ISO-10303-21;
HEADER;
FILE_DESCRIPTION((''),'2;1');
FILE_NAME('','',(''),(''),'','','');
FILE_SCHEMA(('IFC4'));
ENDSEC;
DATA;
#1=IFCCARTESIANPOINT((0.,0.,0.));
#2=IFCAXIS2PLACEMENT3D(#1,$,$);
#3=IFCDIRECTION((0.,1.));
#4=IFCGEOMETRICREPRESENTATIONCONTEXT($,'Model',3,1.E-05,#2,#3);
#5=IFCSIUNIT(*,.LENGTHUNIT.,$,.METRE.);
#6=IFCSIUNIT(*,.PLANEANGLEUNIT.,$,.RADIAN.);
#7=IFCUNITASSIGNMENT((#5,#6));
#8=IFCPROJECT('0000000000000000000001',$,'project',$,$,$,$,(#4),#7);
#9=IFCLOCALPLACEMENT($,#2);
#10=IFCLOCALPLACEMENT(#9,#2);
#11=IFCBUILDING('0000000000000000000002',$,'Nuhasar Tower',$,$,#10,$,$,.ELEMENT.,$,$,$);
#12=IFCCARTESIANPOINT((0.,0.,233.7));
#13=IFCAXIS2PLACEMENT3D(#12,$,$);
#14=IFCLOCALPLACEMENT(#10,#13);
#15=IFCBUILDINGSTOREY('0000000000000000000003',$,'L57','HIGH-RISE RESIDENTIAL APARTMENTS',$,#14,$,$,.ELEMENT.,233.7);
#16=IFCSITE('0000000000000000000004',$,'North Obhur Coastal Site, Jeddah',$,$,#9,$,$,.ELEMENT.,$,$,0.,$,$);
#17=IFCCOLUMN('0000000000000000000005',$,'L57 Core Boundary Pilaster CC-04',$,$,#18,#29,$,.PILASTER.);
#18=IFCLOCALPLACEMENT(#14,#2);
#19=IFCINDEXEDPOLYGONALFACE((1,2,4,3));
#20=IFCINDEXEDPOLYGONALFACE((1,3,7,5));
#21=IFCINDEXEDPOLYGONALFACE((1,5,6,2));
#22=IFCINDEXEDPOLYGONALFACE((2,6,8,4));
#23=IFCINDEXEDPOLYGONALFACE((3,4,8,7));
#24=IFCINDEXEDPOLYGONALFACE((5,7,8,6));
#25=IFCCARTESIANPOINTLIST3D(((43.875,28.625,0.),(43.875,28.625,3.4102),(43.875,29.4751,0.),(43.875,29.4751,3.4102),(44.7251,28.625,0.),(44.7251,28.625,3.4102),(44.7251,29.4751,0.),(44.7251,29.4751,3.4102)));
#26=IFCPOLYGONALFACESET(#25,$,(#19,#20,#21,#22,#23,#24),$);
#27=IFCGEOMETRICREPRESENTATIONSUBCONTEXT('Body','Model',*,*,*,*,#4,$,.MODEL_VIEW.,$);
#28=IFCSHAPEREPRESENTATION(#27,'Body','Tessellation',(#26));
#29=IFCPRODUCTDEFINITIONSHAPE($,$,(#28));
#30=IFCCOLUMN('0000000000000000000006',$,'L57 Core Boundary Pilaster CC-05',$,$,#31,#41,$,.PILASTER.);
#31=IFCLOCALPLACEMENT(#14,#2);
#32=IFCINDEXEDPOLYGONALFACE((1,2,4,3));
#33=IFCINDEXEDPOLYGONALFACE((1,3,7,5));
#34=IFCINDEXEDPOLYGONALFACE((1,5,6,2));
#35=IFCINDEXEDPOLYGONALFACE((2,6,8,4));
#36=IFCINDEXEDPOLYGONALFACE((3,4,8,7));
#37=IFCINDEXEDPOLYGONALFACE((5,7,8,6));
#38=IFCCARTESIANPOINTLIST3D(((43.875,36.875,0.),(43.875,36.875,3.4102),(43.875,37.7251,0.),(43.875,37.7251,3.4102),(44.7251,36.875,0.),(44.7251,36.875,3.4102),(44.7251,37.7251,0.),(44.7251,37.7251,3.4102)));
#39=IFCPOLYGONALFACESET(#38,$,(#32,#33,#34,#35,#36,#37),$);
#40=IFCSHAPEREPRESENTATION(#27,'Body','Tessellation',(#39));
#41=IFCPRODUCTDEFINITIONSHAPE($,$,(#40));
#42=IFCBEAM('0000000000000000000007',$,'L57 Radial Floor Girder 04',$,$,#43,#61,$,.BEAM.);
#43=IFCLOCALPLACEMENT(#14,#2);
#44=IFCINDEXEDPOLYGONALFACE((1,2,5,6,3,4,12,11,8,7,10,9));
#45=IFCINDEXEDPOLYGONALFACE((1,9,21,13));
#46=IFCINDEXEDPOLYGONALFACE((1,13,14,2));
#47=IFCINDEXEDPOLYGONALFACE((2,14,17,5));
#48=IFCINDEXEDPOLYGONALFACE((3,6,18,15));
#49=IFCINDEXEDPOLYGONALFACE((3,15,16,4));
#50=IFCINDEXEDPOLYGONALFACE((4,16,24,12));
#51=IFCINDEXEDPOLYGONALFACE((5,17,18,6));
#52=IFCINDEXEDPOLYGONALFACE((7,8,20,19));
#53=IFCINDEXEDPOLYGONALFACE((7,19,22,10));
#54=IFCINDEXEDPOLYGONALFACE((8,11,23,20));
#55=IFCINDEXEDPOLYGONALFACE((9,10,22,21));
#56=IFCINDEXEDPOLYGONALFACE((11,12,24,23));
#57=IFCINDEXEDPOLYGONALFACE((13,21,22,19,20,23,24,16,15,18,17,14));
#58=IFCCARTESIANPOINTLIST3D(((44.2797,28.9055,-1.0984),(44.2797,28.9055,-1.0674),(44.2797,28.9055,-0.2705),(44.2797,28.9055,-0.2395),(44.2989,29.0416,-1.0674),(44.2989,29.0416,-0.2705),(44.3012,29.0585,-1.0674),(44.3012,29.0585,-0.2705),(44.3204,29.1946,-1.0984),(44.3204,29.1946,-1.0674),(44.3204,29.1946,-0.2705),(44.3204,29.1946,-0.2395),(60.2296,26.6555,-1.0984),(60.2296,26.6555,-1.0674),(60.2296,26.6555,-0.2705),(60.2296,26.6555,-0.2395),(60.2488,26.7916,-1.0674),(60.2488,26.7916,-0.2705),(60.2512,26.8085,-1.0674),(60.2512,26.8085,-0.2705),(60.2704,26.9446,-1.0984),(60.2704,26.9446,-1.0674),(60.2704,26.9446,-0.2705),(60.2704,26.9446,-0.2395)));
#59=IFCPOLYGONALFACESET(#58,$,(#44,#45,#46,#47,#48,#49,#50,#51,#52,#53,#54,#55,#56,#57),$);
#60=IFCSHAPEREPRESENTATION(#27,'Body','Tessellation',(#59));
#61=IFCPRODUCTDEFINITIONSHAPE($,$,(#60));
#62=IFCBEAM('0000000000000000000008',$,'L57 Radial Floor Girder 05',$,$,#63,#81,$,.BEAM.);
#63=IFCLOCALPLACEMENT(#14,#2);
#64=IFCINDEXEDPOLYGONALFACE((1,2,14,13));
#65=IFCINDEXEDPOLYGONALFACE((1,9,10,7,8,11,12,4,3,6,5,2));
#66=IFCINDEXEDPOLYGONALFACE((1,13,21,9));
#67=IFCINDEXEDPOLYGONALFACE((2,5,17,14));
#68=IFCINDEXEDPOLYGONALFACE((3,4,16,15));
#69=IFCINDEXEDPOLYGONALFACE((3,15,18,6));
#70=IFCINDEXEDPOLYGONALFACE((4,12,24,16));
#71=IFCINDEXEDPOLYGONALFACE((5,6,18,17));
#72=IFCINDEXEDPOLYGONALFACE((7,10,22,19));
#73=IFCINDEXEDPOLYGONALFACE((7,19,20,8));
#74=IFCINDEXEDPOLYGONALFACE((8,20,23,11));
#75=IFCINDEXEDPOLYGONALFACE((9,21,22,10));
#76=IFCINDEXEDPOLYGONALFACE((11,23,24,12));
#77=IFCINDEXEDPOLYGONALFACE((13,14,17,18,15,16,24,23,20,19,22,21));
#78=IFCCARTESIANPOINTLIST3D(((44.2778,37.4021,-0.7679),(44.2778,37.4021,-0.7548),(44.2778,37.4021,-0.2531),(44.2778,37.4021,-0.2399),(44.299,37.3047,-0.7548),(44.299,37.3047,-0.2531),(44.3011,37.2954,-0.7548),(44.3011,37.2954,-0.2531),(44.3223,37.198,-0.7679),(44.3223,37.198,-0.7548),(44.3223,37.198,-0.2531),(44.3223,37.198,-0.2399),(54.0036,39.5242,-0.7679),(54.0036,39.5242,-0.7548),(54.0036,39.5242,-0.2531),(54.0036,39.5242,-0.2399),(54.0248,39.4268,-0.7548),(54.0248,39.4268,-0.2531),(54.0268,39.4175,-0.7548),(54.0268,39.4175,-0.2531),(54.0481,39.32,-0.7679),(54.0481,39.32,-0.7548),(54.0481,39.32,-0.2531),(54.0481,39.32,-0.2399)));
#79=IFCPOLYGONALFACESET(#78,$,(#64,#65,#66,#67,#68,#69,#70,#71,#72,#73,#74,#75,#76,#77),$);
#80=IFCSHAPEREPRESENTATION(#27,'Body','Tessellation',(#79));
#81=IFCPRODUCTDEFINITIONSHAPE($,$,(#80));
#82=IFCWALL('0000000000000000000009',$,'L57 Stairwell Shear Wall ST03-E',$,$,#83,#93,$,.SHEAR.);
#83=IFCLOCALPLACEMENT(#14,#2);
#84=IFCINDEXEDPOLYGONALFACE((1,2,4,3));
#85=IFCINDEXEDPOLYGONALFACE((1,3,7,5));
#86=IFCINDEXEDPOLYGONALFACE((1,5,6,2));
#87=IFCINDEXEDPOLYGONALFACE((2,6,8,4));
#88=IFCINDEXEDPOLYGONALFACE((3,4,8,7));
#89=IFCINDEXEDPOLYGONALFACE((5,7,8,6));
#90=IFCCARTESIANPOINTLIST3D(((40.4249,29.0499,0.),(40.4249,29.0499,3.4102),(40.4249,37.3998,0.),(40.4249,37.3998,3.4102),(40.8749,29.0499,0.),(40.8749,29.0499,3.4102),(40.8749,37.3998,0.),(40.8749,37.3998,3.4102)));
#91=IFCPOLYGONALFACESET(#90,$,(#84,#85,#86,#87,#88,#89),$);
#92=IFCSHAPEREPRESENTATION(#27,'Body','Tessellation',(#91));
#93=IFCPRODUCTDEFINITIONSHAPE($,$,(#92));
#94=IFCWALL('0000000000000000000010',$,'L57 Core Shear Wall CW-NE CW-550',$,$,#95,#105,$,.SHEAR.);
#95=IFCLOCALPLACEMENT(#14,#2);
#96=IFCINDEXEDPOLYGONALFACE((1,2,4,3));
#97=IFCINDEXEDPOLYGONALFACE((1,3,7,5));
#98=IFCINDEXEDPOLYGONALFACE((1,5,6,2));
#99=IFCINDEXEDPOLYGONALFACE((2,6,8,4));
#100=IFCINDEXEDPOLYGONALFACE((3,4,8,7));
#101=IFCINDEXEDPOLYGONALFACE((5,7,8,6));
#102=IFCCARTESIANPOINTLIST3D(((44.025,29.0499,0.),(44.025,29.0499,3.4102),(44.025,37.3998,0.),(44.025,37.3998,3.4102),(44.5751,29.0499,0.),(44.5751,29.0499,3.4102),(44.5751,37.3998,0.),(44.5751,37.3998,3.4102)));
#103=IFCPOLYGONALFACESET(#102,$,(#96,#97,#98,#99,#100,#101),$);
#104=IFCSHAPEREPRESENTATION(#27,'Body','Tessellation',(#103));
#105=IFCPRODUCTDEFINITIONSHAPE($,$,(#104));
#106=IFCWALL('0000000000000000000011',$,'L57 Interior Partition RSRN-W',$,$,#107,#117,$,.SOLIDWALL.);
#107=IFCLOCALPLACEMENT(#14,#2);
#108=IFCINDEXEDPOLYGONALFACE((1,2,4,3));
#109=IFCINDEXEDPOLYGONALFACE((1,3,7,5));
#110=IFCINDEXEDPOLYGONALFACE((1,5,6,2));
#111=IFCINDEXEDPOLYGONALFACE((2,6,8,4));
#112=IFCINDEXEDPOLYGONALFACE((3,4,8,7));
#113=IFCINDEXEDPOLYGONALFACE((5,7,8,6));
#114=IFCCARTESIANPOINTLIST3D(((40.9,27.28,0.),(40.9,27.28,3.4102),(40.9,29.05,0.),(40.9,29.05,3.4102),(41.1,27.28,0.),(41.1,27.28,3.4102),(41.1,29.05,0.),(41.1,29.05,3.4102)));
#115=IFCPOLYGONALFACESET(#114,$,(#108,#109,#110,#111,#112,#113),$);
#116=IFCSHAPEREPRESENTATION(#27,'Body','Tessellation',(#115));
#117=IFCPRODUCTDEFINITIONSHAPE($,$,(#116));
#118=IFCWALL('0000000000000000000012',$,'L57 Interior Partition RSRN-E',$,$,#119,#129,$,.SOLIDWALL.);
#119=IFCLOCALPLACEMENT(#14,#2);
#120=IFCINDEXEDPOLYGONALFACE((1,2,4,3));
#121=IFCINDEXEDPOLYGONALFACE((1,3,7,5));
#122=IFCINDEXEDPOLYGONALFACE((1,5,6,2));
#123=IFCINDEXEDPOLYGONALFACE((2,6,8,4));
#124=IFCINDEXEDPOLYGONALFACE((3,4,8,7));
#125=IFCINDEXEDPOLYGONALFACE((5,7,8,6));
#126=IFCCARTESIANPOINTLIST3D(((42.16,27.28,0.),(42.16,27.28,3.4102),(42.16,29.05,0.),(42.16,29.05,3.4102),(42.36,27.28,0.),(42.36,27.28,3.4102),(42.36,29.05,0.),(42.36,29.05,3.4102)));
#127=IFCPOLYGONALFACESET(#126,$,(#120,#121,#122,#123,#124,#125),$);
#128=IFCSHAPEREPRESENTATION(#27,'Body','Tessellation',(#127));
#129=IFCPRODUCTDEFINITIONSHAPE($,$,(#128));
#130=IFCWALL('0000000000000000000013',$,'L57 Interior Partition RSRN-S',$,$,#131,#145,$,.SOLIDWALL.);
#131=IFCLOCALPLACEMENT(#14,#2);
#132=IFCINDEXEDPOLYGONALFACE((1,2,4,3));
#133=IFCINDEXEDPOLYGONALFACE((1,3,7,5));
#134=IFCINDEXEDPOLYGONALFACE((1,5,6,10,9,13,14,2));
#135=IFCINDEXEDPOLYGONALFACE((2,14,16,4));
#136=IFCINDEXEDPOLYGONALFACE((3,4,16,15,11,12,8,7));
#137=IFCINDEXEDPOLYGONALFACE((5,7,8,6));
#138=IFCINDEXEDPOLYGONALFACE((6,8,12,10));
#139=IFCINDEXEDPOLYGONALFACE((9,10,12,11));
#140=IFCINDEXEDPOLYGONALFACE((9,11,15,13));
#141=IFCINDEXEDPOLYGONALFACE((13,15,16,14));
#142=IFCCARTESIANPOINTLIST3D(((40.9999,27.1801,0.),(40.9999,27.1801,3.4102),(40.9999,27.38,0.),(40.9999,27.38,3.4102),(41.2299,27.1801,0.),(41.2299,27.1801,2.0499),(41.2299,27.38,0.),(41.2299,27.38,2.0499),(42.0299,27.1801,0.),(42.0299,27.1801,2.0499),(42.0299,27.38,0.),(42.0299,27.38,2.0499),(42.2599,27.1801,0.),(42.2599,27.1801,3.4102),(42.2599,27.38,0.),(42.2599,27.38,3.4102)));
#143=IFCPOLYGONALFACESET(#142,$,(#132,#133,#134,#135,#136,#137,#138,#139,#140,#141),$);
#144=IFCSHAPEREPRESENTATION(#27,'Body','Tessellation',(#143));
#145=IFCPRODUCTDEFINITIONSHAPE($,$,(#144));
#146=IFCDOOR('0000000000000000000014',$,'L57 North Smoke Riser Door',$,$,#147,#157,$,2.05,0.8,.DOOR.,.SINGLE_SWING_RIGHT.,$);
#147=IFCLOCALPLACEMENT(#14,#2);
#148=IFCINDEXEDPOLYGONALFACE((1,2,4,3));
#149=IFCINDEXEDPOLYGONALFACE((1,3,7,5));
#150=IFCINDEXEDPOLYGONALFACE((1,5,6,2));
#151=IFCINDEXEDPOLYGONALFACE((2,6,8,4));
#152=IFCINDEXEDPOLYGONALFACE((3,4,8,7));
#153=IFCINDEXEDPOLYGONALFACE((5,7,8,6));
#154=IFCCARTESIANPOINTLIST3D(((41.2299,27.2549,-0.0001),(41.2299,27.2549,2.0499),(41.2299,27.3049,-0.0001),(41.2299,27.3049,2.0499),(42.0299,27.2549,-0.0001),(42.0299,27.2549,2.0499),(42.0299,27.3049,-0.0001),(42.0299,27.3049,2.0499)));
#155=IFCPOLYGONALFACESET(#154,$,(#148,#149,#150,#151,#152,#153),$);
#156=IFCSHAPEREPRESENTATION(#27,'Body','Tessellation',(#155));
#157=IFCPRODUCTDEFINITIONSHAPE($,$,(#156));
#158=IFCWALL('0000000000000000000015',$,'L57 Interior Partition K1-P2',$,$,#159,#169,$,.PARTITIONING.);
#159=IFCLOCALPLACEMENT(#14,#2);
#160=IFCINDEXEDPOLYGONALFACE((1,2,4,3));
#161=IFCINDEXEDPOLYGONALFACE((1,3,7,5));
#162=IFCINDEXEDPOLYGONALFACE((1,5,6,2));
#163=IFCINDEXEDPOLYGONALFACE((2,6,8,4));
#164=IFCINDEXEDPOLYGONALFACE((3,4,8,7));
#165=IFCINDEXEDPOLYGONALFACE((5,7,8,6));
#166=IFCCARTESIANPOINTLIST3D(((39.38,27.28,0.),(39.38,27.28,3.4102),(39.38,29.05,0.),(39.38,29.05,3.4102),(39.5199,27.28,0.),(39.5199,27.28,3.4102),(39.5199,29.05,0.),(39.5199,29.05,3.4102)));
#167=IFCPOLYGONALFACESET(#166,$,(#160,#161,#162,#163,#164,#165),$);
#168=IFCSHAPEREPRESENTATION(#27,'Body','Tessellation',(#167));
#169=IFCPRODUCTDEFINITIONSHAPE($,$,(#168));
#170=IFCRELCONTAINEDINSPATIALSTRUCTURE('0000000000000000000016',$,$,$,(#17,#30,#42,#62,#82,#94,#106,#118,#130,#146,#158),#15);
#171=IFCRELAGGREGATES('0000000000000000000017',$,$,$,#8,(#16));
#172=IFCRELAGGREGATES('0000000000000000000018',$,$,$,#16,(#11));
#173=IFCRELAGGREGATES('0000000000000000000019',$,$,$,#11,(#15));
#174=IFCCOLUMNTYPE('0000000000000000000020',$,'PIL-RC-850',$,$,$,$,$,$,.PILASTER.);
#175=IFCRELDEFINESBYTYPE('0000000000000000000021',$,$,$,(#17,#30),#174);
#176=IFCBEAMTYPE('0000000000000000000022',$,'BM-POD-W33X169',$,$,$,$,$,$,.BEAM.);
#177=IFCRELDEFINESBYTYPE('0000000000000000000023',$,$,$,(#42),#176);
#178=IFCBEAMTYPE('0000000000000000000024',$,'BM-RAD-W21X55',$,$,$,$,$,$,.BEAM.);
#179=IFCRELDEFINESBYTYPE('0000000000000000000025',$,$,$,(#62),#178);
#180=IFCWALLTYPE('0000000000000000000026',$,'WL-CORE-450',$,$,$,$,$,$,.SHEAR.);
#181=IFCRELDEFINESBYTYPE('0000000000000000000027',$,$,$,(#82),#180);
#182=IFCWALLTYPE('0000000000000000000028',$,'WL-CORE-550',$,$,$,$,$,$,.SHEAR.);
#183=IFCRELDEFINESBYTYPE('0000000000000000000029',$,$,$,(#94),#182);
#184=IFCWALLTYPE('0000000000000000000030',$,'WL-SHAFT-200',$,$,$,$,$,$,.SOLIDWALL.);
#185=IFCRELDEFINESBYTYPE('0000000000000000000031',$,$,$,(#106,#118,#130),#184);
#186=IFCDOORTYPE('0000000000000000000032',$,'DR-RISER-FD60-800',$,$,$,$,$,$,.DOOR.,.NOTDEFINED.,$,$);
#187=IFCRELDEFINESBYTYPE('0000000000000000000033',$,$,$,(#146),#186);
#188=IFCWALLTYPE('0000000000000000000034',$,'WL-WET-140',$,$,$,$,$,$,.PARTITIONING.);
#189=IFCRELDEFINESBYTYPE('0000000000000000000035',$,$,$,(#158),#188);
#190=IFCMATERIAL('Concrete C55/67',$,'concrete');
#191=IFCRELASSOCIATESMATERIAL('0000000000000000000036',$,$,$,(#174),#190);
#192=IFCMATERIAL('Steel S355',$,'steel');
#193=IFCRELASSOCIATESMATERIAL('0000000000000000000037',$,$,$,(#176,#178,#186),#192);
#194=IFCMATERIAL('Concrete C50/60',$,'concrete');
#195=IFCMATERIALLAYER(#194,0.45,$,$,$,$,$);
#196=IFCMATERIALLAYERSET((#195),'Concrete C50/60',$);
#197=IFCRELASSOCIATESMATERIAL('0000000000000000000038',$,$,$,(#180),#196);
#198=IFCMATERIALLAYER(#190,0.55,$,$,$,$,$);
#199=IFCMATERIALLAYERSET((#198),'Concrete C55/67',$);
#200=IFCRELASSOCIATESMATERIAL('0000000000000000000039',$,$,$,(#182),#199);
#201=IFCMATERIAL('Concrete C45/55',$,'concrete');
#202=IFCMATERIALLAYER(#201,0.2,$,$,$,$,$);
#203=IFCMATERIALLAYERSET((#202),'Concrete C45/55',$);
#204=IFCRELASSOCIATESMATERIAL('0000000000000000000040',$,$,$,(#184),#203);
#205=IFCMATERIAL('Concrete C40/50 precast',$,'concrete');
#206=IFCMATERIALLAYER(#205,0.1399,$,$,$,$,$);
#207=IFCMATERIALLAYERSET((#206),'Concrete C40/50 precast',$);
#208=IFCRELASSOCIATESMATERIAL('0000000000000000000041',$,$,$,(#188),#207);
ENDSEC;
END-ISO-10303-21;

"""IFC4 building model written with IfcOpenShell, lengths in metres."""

from ifc_helpers import new_model, si_unit, direction, frame, frame_2d, origin, origin_2d, place, context, subcontext, project, spatial, rectangle, i_section, extrude, material, layer, layer_set, material_profile, profile_set, type_object, element, fill, save


model = new_model("IFC4")

# Units and contexts
model_context = context("Model", 3, precision=1e-05, world=origin(), true_north=direction((0.0, 1.0)))
body_context = subcontext(model_context, "Body", "Model", "MODEL_VIEW")
ifc_project = project(units=[si_unit("LENGTHUNIT", "METRE"), si_unit("PLANEANGLEUNIT", "RADIAN")], contexts=[model_context])

# Site, building, storey
site_placement = place(None, origin())
site = spatial("IfcSite", under=ifc_project, at=site_placement, Name="North Obhur Coastal Site, Jeddah", CompositionType="ELEMENT", RefElevation=0.0)
building_placement = place(site_placement, origin())
building = spatial("IfcBuilding", under=site, at=building_placement, Name="Nuhasar Tower", CompositionType="ELEMENT")
storey_placement = place(building_placement, frame((0.0, 0.0, 233.7)))
storey = spatial("IfcBuildingStorey", under=building, at=storey_placement, Name="L57", Description="HIGH-RISE RESIDENTIAL APARTMENTS", CompositionType="ELEMENT", Elevation=233.7)

# Columns
ifc_material_1 = material(Name="Concrete C55/67", Category="concrete")
ifc_material_profile_1 = material_profile(ifc_material_1, rectangle(XDim=0.8501, YDim=0.8501, at=origin_2d()), Name="RC850X850")
ifc_profile_set_1 = profile_set([ifc_material_profile_1], Name="Concrete C55/67")
column_type = type_object("IfcColumnType", Name="PIL-RC-850", PredefinedType="PILASTER", material=ifc_profile_set_1)
for number, where, z_axis, x_axis, name in (
    (1, (44.3, 29.05, 0.0), (0.0, 0.0, 1.0), (1.0, 0.0, 0.0), "L57 Core Boundary Pilaster CC-04"),
    (2, (44.3, 37.3, 0.0), (0.0, 0.0, 1.0), (1.0, 0.0, 0.0), "L57 Core Boundary Pilaster CC-05"),
):
    element("IfcColumn", number, at=place(storey_placement, frame(where, z_axis=z_axis, x_axis=x_axis)), inside=storey, type_object=column_type, Name=name, PredefinedType="PILASTER", context=body_context, shape_type="SweptSolid", body=[
        extrude(rectangle(XDim=0.8501, YDim=0.8501, at=origin_2d()), origin(), (0.0, 0.0, 1.0), 3.4102),
    ])

# Beams
ifc_material_2 = material(Name="Steel S355", Category="steel")
ifc_material_profile_2 = material_profile(ifc_material_2, i_section(OverallWidth=0.292, OverallDepth=0.8589, WebThickness=0.0171, FlangeThickness=0.031, at=origin_2d()), Name="W33X169")
ifc_profile_set_2 = profile_set([ifc_material_profile_2], Name="Steel S355")
beam_type_1 = type_object("IfcBeamType", Name="BM-POD-W33X169", PredefinedType="BEAM", material=ifc_profile_set_2)
beam_1_placement = place(storey_placement, frame((44.3, 29.05, -0.6689), z_axis=(0.990196, -0.139683, 0.0), x_axis=(0.139683, 0.990196, 0.0)))
element("IfcBeam", 3, at=beam_1_placement, inside=storey, type_object=beam_type_1, Name="L57 Radial Floor Girder 04", PredefinedType="BEAM", context=body_context, shape_type="SweptSolid", body=[
    extrude(i_section(OverallWidth=0.292, OverallDepth=0.8589, WebThickness=0.0171, FlangeThickness=0.031, at=origin_2d()), origin(), (0.0, 0.0, 1.0), 16.1079),
])
ifc_material_profile_3 = material_profile(ifc_material_2, i_section(OverallWidth=0.209, OverallDepth=0.5281, WebThickness=0.0095, FlangeThickness=0.0132, at=origin_2d()), Name="W21X55")
ifc_profile_set_3 = profile_set([ifc_material_profile_3], Name="Steel S355")
beam_type_2 = type_object("IfcBeamType", Name="BM-RAD-W21X55", PredefinedType="BEAM", material=ifc_profile_set_3)
beam_2_placement = place(storey_placement, frame((44.3, 37.3, -0.5039), z_axis=(0.977014, 0.213174, 0.0), x_axis=(-0.213174, 0.977014, 0.0)))
element("IfcBeam", 4, at=beam_2_placement, inside=storey, type_object=beam_type_2, Name="L57 Radial Floor Girder 05", PredefinedType="BEAM", context=body_context, shape_type="SweptSolid", body=[
    extrude(i_section(OverallWidth=0.209, OverallDepth=0.5281, WebThickness=0.0095, FlangeThickness=0.0132, at=origin_2d()), origin(), (0.0, 0.0, 1.0), 9.9546),
])

# Shared definitions
ifc_material_3 = material(Name="Concrete C50/60", Category="concrete")
ifc_layer_1 = layer(ifc_material_3, 0.45)
ifc_layer_set_1 = layer_set([ifc_layer_1], Name="Concrete C50/60")
wall_type_1 = type_object("IfcWallType", Name="WL-CORE-450", PredefinedType="SHEAR", material=ifc_layer_set_1)

# Walls
wall_1_placement = place(storey_placement, frame((40.6499, 29.05, 0.0), z_axis=(0.0, 0.0, 1.0), x_axis=(0.0, 1.0, 0.0)))
element("IfcWall", 5, at=wall_1_placement, inside=storey, type_object=wall_type_1, Name="L57 Stairwell Shear Wall ST03-E", PredefinedType="SHEAR", context=body_context, shape_type="SweptSolid", body=[
    extrude(rectangle(XDim=8.3499, YDim=0.45, at=frame_2d((4.1748, 0.0))), origin(), (0.0, 0.0, 1.0), 3.4102),
])
ifc_layer_2 = layer(ifc_material_1, 0.55)
ifc_layer_set_2 = layer_set([ifc_layer_2], Name="Concrete C55/67")
wall_type_2 = type_object("IfcWallType", Name="WL-CORE-550", PredefinedType="SHEAR", material=ifc_layer_set_2)
wall_2_placement = place(storey_placement, frame((44.3, 29.05, 0.0), z_axis=(0.0, 0.0, 1.0), x_axis=(0.0, 1.0, 0.0)))
element("IfcWall", 6, at=wall_2_placement, inside=storey, type_object=wall_type_2, Name="L57 Core Shear Wall CW-NE CW-550", PredefinedType="SHEAR", context=body_context, shape_type="SweptSolid", body=[
    extrude(rectangle(XDim=8.3499, YDim=0.55, at=frame_2d((4.1748, 0.0))), origin(), (0.0, 0.0, 1.0), 3.4102),
])
ifc_material_4 = material(Name="Concrete C45/55", Category="concrete")
ifc_layer_3 = layer(ifc_material_4, 0.2)
ifc_layer_set_3 = layer_set([ifc_layer_3], Name="Concrete C45/55")
wall_type_3 = type_object("IfcWallType", Name="WL-SHAFT-200", PredefinedType="SOLIDWALL", material=ifc_layer_set_3)
for number, where, z_axis, x_axis, name in (
    (7, (41.0, 27.28, 0.0), (0.0, 0.0, 1.0), (0.0, 1.0, 0.0), "L57 Interior Partition RSRN-W"),
    (8, (42.26, 27.28, 0.0), (0.0, 0.0, 1.0), (0.0, 1.0, 0.0), "L57 Interior Partition RSRN-E"),
):
    element("IfcWall", number, at=place(storey_placement, frame(where, z_axis=z_axis, x_axis=x_axis)), inside=storey, type_object=wall_type_3, Name=name, PredefinedType="SOLIDWALL", context=body_context, shape_type="SweptSolid", body=[
        extrude(rectangle(XDim=1.77, YDim=0.2, at=frame_2d((0.885, 0.0))), origin(), (0.0, 0.0, 1.0), 3.4102),
    ])

# Wall, opening, door
wall_3_placement = place(storey_placement, frame((41.0, 27.28, 0.0), z_axis=(0.0, 0.0, 1.0), x_axis=(1.0, 0.0, 0.0)))
wall_3 = element("IfcWall", 9, at=wall_3_placement, inside=storey, type_object=wall_type_3, Name="L57 Interior Partition RSRN-S", PredefinedType="SOLIDWALL", context=body_context, shape_type="SweptSolid", body=[
    extrude(rectangle(XDim=1.26, YDim=0.2, at=frame_2d((0.6299, 0.0))), origin(), (0.0, 0.0, 1.0), 3.4102),
])
opening_1_placement = place(wall_3_placement, frame((0.23, 0.0, 0.0)))
opening_1 = element("IfcOpeningElement", 10, at=opening_1_placement, cuts=wall_3, PredefinedType="OPENING", context=body_context, shape_type="SweptSolid", body=[
    extrude(rectangle(XDim=0.8, YDim=2.05, at=frame_2d((0.3999, 1.0249))), frame((0.0, 0.1099, 0.0), z_axis=(0.0, -1.0, 0.0), x_axis=(1.0, 0.0, 0.0)), (0.0, 0.0, 1.0), 0.22),
])
door_type_1 = type_object("IfcDoorType", Name="DR-RISER-FD60-800", OperationType="NOTDEFINED", PredefinedType="DOOR", material=ifc_material_2)
door_1_placement = place(opening_1_placement, origin())
door_1 = element("IfcDoor", 11, at=door_1_placement, inside=storey, type_object=door_type_1, Name="L57 North Smoke Riser Door", OperationType="SINGLE_SWING_RIGHT", OverallHeight=2.05, OverallWidth=0.8, PredefinedType="DOOR", context=body_context, shape_type="SweptSolid", body=[
    extrude(rectangle(XDim=0.8, YDim=2.05, at=frame_2d((0.3999, 1.0249))), frame((0.0, 0.0249, 0.0), z_axis=(0.0, -1.0, 0.0), x_axis=(1.0, 0.0, 0.0)), (0.0, 0.0, 1.0), 0.05),
])
fill(opening_1, door_1)

# Wall
ifc_material_5 = material(Name="Concrete C40/50 precast", Category="concrete")
ifc_layer_4 = layer(ifc_material_5, 0.1399)
ifc_layer_set_4 = layer_set([ifc_layer_4], Name="Concrete C40/50 precast")
wall_type_4 = type_object("IfcWallType", Name="WL-WET-140", PredefinedType="PARTITIONING", material=ifc_layer_set_4)
wall_4_placement = place(storey_placement, frame((39.45, 27.28, 0.0), z_axis=(0.0, 0.0, 1.0), x_axis=(0.0, 1.0, 0.0)))
element("IfcWall", 12, at=wall_4_placement, inside=storey, type_object=wall_type_4, Name="L57 Interior Partition K1-P2", PredefinedType="PARTITIONING", context=body_context, shape_type="SweptSolid", body=[
    extrude(rectangle(XDim=1.77, YDim=0.1399, at=frame_2d((0.885, 0.0))), origin(), (0.0, 0.0, 1.0), 3.4102),
])

save(model, "model.ifc")
